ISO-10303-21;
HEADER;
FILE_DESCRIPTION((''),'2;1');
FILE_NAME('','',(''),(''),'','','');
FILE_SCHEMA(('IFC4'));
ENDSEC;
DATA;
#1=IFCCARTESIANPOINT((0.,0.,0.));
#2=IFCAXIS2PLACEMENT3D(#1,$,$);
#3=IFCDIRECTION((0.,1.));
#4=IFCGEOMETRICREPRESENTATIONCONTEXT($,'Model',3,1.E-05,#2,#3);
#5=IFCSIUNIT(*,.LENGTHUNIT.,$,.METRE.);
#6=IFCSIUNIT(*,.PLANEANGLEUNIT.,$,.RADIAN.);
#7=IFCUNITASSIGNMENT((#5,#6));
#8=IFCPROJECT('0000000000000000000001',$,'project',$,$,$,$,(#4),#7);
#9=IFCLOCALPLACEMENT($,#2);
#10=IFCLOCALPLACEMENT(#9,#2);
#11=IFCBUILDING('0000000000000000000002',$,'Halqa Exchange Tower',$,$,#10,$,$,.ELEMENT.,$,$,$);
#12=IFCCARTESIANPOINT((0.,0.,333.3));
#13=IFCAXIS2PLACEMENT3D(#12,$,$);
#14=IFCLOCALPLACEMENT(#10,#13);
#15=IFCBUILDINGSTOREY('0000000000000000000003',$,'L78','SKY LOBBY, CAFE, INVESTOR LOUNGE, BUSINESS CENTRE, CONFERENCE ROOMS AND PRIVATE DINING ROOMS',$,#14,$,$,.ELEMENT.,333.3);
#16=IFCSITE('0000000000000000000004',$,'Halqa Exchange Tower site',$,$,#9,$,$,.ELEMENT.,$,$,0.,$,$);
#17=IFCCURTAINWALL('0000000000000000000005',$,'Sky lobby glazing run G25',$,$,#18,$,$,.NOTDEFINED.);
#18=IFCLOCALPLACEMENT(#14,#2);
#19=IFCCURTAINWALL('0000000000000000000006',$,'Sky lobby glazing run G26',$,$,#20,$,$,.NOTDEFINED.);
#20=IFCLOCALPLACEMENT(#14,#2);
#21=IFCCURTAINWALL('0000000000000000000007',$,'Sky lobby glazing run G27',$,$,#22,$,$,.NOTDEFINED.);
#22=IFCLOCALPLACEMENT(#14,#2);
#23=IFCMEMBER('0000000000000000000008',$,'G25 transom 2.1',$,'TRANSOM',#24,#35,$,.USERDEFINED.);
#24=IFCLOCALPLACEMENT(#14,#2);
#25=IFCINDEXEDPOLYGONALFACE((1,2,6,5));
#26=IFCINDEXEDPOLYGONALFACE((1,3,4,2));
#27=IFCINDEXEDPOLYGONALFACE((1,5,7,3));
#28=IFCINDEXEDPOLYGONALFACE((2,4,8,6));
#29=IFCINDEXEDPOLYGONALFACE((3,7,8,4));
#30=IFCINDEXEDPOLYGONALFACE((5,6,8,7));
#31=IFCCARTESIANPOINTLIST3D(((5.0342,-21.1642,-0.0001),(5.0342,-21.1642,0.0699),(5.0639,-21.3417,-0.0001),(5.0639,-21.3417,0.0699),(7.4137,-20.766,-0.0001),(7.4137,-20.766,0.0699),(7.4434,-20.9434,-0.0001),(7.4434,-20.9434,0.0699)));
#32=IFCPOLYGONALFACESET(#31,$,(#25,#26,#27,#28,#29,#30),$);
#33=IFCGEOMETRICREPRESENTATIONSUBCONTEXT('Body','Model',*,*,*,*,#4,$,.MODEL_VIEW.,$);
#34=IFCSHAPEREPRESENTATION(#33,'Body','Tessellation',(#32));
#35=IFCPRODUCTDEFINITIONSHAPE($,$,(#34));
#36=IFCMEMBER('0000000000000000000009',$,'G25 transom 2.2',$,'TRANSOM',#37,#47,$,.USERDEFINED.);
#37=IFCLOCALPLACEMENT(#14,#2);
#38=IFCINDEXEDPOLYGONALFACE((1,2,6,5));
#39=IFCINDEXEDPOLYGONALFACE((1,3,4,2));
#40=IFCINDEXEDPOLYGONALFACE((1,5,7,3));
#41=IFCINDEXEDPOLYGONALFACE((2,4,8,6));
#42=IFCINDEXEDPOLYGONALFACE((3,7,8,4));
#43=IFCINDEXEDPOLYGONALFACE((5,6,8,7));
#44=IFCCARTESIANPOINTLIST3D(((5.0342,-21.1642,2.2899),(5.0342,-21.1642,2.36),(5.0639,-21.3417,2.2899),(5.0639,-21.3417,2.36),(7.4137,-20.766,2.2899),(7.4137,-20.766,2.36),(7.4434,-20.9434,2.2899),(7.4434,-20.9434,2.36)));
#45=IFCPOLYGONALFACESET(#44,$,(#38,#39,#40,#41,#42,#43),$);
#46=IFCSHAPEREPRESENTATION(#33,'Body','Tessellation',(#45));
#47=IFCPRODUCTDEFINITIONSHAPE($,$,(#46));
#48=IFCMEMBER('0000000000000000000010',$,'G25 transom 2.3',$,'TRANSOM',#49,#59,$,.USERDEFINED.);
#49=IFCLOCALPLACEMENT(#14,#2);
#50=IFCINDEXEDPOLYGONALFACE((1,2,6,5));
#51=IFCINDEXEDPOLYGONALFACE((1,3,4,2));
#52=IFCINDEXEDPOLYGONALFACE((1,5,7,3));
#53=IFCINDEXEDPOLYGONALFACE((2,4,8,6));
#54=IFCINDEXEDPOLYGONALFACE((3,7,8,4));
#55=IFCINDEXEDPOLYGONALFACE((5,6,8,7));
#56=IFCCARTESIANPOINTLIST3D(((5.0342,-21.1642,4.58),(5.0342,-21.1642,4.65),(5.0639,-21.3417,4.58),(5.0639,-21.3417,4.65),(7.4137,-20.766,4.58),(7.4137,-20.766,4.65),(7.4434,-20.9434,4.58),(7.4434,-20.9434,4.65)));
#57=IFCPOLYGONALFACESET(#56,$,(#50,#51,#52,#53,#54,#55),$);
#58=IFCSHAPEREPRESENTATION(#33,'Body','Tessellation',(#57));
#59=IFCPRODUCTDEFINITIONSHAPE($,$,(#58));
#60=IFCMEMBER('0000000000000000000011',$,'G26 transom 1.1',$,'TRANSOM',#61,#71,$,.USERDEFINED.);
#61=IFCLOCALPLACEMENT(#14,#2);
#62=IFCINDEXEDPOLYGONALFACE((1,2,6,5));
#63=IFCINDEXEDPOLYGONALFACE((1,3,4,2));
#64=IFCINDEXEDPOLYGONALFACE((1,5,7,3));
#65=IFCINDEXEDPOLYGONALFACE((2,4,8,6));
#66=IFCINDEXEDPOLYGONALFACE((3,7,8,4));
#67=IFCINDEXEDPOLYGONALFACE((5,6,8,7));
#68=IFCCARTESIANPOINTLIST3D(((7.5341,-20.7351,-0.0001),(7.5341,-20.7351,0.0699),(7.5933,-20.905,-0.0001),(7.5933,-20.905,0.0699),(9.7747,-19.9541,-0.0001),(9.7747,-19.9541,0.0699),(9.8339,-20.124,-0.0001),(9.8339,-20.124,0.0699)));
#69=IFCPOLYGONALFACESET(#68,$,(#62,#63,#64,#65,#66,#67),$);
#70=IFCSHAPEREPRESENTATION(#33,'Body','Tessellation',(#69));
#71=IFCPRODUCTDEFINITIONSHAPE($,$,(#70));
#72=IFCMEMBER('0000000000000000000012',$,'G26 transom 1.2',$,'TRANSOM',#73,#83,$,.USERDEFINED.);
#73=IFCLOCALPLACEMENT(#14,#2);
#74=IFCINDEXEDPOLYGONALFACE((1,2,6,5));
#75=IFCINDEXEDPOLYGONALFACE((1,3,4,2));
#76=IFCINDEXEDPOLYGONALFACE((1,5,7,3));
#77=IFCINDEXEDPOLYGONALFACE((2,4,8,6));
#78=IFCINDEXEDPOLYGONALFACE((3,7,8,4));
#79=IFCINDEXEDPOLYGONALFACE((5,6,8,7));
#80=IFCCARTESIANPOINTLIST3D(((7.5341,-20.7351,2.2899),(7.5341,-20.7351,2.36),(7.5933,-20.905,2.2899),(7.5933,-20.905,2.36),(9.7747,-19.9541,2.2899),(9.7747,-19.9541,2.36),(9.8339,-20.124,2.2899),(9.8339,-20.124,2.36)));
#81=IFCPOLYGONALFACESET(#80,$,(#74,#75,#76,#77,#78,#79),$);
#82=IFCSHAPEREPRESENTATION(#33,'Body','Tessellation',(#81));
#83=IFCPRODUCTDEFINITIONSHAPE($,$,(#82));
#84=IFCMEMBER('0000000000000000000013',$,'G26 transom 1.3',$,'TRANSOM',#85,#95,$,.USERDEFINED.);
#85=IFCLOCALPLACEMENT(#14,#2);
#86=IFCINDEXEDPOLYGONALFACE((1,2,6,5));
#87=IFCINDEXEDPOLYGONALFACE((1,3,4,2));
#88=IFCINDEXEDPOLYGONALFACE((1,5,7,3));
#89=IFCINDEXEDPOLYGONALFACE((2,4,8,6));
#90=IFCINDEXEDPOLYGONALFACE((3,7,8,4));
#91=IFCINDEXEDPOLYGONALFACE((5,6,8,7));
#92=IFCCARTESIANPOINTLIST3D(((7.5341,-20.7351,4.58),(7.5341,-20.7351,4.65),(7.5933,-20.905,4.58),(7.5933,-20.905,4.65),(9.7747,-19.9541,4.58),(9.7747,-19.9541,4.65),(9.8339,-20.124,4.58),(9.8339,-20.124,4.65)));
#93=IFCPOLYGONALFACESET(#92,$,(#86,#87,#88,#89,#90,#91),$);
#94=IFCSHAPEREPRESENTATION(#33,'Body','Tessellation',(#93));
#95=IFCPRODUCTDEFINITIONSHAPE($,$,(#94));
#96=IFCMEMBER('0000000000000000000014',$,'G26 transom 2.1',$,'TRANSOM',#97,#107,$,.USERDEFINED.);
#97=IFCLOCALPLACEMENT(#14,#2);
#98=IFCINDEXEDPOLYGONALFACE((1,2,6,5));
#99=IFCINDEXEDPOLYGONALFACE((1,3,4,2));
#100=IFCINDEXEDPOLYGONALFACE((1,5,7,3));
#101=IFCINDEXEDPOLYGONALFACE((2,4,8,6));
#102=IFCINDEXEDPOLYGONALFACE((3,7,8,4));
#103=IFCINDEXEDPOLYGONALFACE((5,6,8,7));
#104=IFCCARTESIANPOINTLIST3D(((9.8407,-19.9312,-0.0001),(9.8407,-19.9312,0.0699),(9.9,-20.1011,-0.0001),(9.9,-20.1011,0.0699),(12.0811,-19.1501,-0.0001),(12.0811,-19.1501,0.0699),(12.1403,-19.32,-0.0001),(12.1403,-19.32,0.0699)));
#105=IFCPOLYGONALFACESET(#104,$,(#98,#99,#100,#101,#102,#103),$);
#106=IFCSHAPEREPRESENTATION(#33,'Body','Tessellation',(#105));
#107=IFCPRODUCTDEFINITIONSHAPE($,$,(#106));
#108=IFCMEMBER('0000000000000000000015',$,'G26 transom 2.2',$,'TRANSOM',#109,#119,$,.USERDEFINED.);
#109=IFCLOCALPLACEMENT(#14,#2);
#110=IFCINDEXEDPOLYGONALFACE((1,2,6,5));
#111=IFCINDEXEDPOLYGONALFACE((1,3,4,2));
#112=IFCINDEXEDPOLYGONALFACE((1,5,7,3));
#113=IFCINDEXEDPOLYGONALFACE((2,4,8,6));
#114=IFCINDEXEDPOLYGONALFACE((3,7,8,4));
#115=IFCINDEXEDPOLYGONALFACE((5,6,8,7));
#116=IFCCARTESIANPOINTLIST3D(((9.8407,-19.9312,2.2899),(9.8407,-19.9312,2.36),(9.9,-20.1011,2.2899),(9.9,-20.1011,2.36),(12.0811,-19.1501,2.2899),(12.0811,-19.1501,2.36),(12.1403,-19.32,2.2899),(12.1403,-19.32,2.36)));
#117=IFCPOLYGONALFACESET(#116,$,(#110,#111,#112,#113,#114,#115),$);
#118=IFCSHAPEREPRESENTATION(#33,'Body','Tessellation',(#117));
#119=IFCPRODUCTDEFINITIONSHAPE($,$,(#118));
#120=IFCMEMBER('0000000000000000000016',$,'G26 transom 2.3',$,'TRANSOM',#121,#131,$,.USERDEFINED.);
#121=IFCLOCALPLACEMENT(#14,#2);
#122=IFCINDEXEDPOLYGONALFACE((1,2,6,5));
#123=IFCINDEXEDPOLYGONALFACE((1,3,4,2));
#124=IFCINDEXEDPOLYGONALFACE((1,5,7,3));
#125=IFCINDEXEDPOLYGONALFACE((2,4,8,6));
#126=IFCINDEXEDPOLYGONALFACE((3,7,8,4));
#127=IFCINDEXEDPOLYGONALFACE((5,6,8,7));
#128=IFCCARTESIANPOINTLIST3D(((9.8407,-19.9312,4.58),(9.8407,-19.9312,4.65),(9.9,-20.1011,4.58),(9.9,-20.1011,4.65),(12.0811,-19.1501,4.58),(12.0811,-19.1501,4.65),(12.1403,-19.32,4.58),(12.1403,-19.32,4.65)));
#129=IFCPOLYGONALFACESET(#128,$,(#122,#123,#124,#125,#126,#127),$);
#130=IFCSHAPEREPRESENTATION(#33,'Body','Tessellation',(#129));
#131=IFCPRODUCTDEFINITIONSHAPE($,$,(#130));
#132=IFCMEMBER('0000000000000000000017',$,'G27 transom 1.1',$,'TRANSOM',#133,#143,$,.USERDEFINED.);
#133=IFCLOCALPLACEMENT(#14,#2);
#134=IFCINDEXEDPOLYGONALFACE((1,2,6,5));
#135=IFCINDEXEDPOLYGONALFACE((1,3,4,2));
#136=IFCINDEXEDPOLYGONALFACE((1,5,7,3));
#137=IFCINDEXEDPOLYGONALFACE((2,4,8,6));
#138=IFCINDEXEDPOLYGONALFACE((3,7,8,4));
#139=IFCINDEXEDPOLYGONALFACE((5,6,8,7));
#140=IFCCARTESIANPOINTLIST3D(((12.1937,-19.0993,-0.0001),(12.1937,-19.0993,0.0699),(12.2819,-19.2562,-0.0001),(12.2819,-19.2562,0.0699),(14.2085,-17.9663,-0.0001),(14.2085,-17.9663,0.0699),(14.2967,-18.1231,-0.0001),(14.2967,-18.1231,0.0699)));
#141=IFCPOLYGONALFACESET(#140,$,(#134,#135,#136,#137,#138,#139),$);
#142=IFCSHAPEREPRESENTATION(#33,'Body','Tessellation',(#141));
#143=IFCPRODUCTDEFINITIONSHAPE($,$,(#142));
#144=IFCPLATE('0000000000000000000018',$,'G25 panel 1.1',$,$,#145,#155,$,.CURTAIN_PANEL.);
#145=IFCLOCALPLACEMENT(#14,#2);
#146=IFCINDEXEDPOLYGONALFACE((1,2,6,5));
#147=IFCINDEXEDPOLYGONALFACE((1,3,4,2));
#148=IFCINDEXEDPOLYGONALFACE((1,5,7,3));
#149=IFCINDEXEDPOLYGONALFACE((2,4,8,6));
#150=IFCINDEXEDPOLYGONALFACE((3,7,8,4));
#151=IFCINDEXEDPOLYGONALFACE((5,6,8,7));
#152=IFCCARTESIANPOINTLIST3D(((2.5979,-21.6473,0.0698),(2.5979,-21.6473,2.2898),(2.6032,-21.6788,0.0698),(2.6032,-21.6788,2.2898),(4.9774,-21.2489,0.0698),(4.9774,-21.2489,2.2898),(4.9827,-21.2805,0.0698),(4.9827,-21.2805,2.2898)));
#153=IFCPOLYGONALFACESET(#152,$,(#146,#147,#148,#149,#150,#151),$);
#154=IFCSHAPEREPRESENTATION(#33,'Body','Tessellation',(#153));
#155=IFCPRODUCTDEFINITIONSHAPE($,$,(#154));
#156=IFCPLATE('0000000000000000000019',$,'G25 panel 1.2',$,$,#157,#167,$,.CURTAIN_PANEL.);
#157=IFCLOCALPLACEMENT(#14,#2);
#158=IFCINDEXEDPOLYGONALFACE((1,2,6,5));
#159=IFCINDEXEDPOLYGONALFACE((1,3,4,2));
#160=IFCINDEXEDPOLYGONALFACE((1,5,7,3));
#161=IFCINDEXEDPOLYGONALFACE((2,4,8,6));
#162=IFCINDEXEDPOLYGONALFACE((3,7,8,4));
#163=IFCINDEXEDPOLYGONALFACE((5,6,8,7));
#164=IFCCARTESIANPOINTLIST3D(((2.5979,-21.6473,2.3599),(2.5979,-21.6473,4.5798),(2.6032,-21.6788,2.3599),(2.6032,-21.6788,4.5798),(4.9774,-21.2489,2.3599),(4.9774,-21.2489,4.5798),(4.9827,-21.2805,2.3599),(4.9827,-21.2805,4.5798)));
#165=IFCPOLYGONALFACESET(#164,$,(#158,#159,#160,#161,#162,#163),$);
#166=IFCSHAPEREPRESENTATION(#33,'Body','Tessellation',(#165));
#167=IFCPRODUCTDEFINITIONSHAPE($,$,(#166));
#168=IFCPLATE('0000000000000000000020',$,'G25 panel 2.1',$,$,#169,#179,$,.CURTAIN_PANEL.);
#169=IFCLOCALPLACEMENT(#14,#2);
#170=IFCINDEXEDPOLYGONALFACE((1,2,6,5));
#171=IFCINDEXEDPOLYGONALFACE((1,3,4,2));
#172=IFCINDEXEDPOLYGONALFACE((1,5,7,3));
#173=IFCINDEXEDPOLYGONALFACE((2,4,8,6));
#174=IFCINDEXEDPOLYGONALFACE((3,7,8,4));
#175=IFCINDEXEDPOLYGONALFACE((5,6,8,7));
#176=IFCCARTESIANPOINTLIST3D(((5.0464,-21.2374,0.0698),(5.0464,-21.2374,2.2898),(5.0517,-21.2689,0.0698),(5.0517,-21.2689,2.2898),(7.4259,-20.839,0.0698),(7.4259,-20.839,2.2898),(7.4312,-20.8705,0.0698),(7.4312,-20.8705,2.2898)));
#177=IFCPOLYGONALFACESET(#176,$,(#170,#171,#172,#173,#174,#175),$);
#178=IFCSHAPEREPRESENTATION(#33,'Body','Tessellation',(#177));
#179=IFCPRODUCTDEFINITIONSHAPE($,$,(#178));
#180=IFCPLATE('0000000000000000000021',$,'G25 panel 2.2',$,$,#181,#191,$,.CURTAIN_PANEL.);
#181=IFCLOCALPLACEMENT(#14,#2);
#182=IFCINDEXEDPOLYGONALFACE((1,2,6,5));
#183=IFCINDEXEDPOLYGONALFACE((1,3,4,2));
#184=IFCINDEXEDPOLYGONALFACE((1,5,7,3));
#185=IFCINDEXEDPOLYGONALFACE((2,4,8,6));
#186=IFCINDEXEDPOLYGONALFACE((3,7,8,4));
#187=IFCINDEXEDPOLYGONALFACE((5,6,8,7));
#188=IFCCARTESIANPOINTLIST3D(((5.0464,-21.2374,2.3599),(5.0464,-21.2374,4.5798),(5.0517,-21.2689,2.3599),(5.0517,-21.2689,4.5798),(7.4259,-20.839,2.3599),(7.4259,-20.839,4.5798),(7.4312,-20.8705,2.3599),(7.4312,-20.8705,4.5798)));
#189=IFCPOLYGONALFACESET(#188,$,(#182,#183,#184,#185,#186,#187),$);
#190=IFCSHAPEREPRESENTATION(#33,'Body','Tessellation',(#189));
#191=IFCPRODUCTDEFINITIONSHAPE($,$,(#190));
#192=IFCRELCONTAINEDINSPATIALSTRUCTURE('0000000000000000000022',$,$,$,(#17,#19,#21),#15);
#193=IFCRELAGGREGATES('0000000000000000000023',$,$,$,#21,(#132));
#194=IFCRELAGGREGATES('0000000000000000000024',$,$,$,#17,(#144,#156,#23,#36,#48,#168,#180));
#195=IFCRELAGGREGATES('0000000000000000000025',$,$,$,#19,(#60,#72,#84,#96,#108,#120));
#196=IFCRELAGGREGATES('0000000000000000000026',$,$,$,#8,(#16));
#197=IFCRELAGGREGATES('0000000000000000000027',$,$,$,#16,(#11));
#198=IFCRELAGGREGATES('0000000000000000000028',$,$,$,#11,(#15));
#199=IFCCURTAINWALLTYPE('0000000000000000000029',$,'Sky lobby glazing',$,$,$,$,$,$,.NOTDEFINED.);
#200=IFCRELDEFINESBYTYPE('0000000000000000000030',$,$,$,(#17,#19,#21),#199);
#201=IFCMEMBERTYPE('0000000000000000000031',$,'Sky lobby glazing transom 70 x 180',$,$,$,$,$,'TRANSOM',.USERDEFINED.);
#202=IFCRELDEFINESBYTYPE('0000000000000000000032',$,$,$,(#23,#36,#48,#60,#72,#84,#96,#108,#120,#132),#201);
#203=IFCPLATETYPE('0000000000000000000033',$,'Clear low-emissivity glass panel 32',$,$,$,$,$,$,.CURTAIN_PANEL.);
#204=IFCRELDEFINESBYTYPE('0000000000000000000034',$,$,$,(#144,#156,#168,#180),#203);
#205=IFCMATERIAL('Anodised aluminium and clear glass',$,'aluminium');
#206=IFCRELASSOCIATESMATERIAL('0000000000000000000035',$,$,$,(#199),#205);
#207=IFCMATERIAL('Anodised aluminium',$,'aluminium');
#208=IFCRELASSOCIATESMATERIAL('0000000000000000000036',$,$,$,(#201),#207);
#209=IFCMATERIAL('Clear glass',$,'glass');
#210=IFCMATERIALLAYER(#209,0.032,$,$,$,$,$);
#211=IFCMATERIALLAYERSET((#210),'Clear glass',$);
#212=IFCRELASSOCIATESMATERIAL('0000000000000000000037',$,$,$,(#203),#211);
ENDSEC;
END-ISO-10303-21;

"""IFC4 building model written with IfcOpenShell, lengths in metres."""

from ifc_helpers import new_model, si_unit, direction, frame, origin, origin_2d, place, context, subcontext, project, spatial, rectangle, extrude, material, layer, layer_set, material_profile, profile_set, type_object, element, aggregate, save


model = new_model("IFC4")

# Units and contexts
model_context = context("Model", 3, precision=1e-05, world=origin(), true_north=direction((0.0, 1.0)))
body_context = subcontext(model_context, "Body", "Model", "MODEL_VIEW")
ifc_project = project(units=[si_unit("LENGTHUNIT", "METRE"), si_unit("PLANEANGLEUNIT", "RADIAN")], contexts=[model_context])

# Site, building, storey
site_placement = place(None, origin())
site = spatial("IfcSite", under=ifc_project, at=site_placement, Name="Halqa Exchange Tower site", CompositionType="ELEMENT", RefElevation=0.0)
building_placement = place(site_placement, origin())
building = spatial("IfcBuilding", under=site, at=building_placement, Name="Halqa Exchange Tower", CompositionType="ELEMENT")
storey_placement = place(building_placement, frame((0.0, 0.0, 333.3)))
storey = spatial("IfcBuildingStorey", under=building, at=storey_placement, Name="L78", Description="SKY LOBBY, CAFE, INVESTOR LOUNGE, BUSINESS CENTRE, CONFERENCE ROOMS AND PRIVATE DINING ROOMS", CompositionType="ELEMENT", Elevation=333.3)

# Curtain walls
ifc_material_1 = material(Name="Anodised aluminium and clear glass", Category="aluminium")
curtain_wall_type = type_object("IfcCurtainWallType", Name="Sky lobby glazing", PredefinedType="NOTDEFINED", material=ifc_material_1)
curtain_wall_1_placement = place(storey_placement, origin())
curtain_wall_1 = element("IfcCurtainWall", 1, at=curtain_wall_1_placement, inside=storey, type_object=curtain_wall_type, Name="Sky lobby glazing run G25", PredefinedType="NOTDEFINED")
ifc_material_2 = material(Name="Anodised aluminium", Category="aluminium")
curtain_wall_2_placement = place(storey_placement, origin())
curtain_wall_2 = element("IfcCurtainWall", 2, at=curtain_wall_2_placement, inside=storey, type_object=curtain_wall_type, Name="Sky lobby glazing run G26", PredefinedType="NOTDEFINED")

# Curtain wall
curtain_wall_3_placement = place(storey_placement, origin())
curtain_wall_3 = element("IfcCurtainWall", 3, at=curtain_wall_3_placement, inside=storey, type_object=curtain_wall_type, Name="Sky lobby glazing run G27", PredefinedType="NOTDEFINED")

# Members
ifc_material_profile_1 = material_profile(ifc_material_2, rectangle(XDim=0.1799, YDim=0.0701, at=origin_2d()), Name="AL 70x180")
ifc_profile_set_1 = profile_set([ifc_material_profile_1], Name="Anodised aluminium")
member_type_1 = type_object("IfcMemberType", Name="Sky lobby glazing transom 70 x 180", ElementType="TRANSOM", PredefinedType="USERDEFINED", material=ifc_profile_set_1)
member_1_placement = place(storey_placement, frame((5.0491, -21.2529, 0.0349), z_axis=(0.986284, 0.165055, 0.0), x_axis=(-0.165055, 0.986284, 0.0)))
member_1 = element("IfcMember", 4, at=member_1_placement, type_object=member_type_1, Name="G25 transom 2.1", ObjectType="TRANSOM", PredefinedType="USERDEFINED", context=body_context, shape_type="SweptSolid", body=[
    extrude(rectangle(XDim=0.1799, YDim=0.0701, at=origin_2d()), origin(), (0.0, 0.0, 1.0), 2.4126),
])
member_2_placement = place(storey_placement, frame((5.0491, -21.2529, 2.325), z_axis=(0.986284, 0.165055, 0.0), x_axis=(-0.165055, 0.986284, 0.0)))
member_2 = element("IfcMember", 5, at=member_2_placement, type_object=member_type_1, Name="G25 transom 2.2", ObjectType="TRANSOM", PredefinedType="USERDEFINED", context=body_context, shape_type="SweptSolid", body=[
    extrude(rectangle(XDim=0.1799, YDim=0.0701, at=origin_2d()), origin(), (0.0, 0.0, 1.0), 2.4126),
])
member_3_placement = place(storey_placement, frame((5.0491, -21.2529, 4.615), z_axis=(0.986284, 0.165055, 0.0), x_axis=(-0.165055, 0.986284, 0.0)))
member_3 = element("IfcMember", 6, at=member_3_placement, type_object=member_type_1, Name="G25 transom 2.3", ObjectType="TRANSOM", PredefinedType="USERDEFINED", context=body_context, shape_type="SweptSolid", body=[
    extrude(rectangle(XDim=0.1799, YDim=0.0701, at=origin_2d()), origin(), (0.0, 0.0, 1.0), 2.4126),
])
member_4_placement = place(storey_placement, frame((7.5637, -20.8201, 0.0349), z_axis=(0.944273, 0.329163, 0.0), x_axis=(-0.329163, 0.944273, 0.0)))
member_4 = element("IfcMember", 7, at=member_4_placement, type_object=member_type_1, Name="G26 transom 1.1", ObjectType="TRANSOM", PredefinedType="USERDEFINED", context=body_context, shape_type="SweptSolid", body=[
    extrude(rectangle(XDim=0.1799, YDim=0.0701, at=origin_2d()), origin(), (0.0, 0.0, 1.0), 2.3728),
])
member_5_placement = place(storey_placement, frame((7.5637, -20.8201, 2.325), z_axis=(0.944273, 0.329163, 0.0), x_axis=(-0.329163, 0.944273, 0.0)))
member_5 = element("IfcMember", 8, at=member_5_placement, type_object=member_type_1, Name="G26 transom 1.2", ObjectType="TRANSOM", PredefinedType="USERDEFINED", context=body_context, shape_type="SweptSolid", body=[
    extrude(rectangle(XDim=0.1799, YDim=0.0701, at=origin_2d()), origin(), (0.0, 0.0, 1.0), 2.3728),
])
member_6_placement = place(storey_placement, frame((7.5637, -20.8201, 4.615), z_axis=(0.944273, 0.329163, 0.0), x_axis=(-0.329163, 0.944273, 0.0)))
member_6 = element("IfcMember", 9, at=member_6_placement, type_object=member_type_1, Name="G26 transom 1.3", ObjectType="TRANSOM", PredefinedType="USERDEFINED", context=body_context, shape_type="SweptSolid", body=[
    extrude(rectangle(XDim=0.1799, YDim=0.0701, at=origin_2d()), origin(), (0.0, 0.0, 1.0), 2.3728),
])
member_7_placement = place(storey_placement, frame((9.8704, -20.0161, 0.0349), z_axis=(0.944262, 0.329195, 0.0), x_axis=(-0.329195, 0.944262, 0.0)))
member_7 = element("IfcMember", 10, at=member_7_placement, type_object=member_type_1, Name="G26 transom 2.1", ObjectType="TRANSOM", PredefinedType="USERDEFINED", context=body_context, shape_type="SweptSolid", body=[
    extrude(rectangle(XDim=0.1799, YDim=0.0701, at=origin_2d()), origin(), (0.0, 0.0, 1.0), 2.3726),
])
member_8_placement = place(storey_placement, frame((9.8704, -20.0161, 2.325), z_axis=(0.944262, 0.329195, 0.0), x_axis=(-0.329195, 0.944262, 0.0)))
member_8 = element("IfcMember", 11, at=member_8_placement, type_object=member_type_1, Name="G26 transom 2.2", ObjectType="TRANSOM", PredefinedType="USERDEFINED", context=body_context, shape_type="SweptSolid", body=[
    extrude(rectangle(XDim=0.1799, YDim=0.0701, at=origin_2d()), origin(), (0.0, 0.0, 1.0), 2.3726),
])
member_9_placement = place(storey_placement, frame((9.8704, -20.0161, 4.615), z_axis=(0.944262, 0.329195, 0.0), x_axis=(-0.329195, 0.944262, 0.0)))
member_9 = element("IfcMember", 12, at=member_9_placement, type_object=member_type_1, Name="G26 transom 2.3", ObjectType="TRANSOM", PredefinedType="USERDEFINED", context=body_context, shape_type="SweptSolid", body=[
    extrude(rectangle(XDim=0.1799, YDim=0.0701, at=origin_2d()), origin(), (0.0, 0.0, 1.0), 2.3726),
])
member_10_placement = place(storey_placement, frame((12.2378, -19.1777, 0.0349), z_axis=(0.871635, 0.490156, 0.0), x_axis=(-0.490156, 0.871635, 0.0)))
member_10 = element("IfcMember", 13, at=member_10_placement, type_object=member_type_1, Name="G27 transom 1.1", ObjectType="TRANSOM", PredefinedType="USERDEFINED", context=body_context, shape_type="SweptSolid", body=[
    extrude(rectangle(XDim=0.1799, YDim=0.0701, at=origin_2d()), origin(), (0.0, 0.0, 1.0), 2.3115),
])
aggregate(curtain_wall_3, [member_10])

# Plates
ifc_material_3 = material(Name="Clear glass", Category="glass")
ifc_layer = layer(ifc_material_3, 0.032)
ifc_layer_set = layer_set([ifc_layer], Name="Clear glass")
plate_type = type_object("IfcPlateType", Name="Clear low-emissivity glass panel 32", PredefinedType="CURTAIN_PANEL", material=ifc_layer_set)
plate_1_placement = place(storey_placement, frame((3.7903, -21.4639, 0.0698), z_axis=(0.0, 0.0, 1.0), x_axis=(0.986274, 0.165117, 0.0)))
plate_1 = element("IfcPlate", 14, at=plate_1_placement, type_object=plate_type, Name="G25 panel 1.1", PredefinedType="CURTAIN_PANEL", context=body_context, shape_type="SweptSolid", body=[
    extrude(rectangle(XDim=2.4126, YDim=0.032, at=origin_2d()), origin(), (0.0, 0.0, 1.0), 2.22),
])
plate_2_placement = place(storey_placement, frame((3.7903, -21.4639, 2.3599), z_axis=(0.0, 0.0, 1.0), x_axis=(0.986274, 0.165117, 0.0)))
plate_2 = element("IfcPlate", 15, at=plate_2_placement, type_object=plate_type, Name="G25 panel 1.2", PredefinedType="CURTAIN_PANEL", context=body_context, shape_type="SweptSolid", body=[
    extrude(rectangle(XDim=2.4126, YDim=0.032, at=origin_2d()), origin(), (0.0, 0.0, 1.0), 2.22),
])
plate_3_placement = place(storey_placement, frame((6.2388, -21.054, 0.0698), z_axis=(0.0, 0.0, 1.0), x_axis=(0.986274, 0.165117, 0.0)))
plate_3 = element("IfcPlate", 16, at=plate_3_placement, type_object=plate_type, Name="G25 panel 2.1", PredefinedType="CURTAIN_PANEL", context=body_context, shape_type="SweptSolid", body=[
    extrude(rectangle(XDim=2.4126, YDim=0.032, at=origin_2d()), origin(), (0.0, 0.0, 1.0), 2.22),
])
plate_4_placement = place(storey_placement, frame((6.2388, -21.054, 2.3599), z_axis=(0.0, 0.0, 1.0), x_axis=(0.986274, 0.165117, 0.0)))
plate_4 = element("IfcPlate", 17, at=plate_4_placement, type_object=plate_type, Name="G25 panel 2.2", PredefinedType="CURTAIN_PANEL", context=body_context, shape_type="SweptSolid", body=[
    extrude(rectangle(XDim=2.4126, YDim=0.032, at=origin_2d()), origin(), (0.0, 0.0, 1.0), 2.22),
])
aggregate(curtain_wall_1, [plate_1, plate_2, member_1, member_2, member_3, plate_3, plate_4])
aggregate(curtain_wall_2, [member_4, member_5, member_6, member_7, member_8, member_9])

save(model, "model.ifc")
